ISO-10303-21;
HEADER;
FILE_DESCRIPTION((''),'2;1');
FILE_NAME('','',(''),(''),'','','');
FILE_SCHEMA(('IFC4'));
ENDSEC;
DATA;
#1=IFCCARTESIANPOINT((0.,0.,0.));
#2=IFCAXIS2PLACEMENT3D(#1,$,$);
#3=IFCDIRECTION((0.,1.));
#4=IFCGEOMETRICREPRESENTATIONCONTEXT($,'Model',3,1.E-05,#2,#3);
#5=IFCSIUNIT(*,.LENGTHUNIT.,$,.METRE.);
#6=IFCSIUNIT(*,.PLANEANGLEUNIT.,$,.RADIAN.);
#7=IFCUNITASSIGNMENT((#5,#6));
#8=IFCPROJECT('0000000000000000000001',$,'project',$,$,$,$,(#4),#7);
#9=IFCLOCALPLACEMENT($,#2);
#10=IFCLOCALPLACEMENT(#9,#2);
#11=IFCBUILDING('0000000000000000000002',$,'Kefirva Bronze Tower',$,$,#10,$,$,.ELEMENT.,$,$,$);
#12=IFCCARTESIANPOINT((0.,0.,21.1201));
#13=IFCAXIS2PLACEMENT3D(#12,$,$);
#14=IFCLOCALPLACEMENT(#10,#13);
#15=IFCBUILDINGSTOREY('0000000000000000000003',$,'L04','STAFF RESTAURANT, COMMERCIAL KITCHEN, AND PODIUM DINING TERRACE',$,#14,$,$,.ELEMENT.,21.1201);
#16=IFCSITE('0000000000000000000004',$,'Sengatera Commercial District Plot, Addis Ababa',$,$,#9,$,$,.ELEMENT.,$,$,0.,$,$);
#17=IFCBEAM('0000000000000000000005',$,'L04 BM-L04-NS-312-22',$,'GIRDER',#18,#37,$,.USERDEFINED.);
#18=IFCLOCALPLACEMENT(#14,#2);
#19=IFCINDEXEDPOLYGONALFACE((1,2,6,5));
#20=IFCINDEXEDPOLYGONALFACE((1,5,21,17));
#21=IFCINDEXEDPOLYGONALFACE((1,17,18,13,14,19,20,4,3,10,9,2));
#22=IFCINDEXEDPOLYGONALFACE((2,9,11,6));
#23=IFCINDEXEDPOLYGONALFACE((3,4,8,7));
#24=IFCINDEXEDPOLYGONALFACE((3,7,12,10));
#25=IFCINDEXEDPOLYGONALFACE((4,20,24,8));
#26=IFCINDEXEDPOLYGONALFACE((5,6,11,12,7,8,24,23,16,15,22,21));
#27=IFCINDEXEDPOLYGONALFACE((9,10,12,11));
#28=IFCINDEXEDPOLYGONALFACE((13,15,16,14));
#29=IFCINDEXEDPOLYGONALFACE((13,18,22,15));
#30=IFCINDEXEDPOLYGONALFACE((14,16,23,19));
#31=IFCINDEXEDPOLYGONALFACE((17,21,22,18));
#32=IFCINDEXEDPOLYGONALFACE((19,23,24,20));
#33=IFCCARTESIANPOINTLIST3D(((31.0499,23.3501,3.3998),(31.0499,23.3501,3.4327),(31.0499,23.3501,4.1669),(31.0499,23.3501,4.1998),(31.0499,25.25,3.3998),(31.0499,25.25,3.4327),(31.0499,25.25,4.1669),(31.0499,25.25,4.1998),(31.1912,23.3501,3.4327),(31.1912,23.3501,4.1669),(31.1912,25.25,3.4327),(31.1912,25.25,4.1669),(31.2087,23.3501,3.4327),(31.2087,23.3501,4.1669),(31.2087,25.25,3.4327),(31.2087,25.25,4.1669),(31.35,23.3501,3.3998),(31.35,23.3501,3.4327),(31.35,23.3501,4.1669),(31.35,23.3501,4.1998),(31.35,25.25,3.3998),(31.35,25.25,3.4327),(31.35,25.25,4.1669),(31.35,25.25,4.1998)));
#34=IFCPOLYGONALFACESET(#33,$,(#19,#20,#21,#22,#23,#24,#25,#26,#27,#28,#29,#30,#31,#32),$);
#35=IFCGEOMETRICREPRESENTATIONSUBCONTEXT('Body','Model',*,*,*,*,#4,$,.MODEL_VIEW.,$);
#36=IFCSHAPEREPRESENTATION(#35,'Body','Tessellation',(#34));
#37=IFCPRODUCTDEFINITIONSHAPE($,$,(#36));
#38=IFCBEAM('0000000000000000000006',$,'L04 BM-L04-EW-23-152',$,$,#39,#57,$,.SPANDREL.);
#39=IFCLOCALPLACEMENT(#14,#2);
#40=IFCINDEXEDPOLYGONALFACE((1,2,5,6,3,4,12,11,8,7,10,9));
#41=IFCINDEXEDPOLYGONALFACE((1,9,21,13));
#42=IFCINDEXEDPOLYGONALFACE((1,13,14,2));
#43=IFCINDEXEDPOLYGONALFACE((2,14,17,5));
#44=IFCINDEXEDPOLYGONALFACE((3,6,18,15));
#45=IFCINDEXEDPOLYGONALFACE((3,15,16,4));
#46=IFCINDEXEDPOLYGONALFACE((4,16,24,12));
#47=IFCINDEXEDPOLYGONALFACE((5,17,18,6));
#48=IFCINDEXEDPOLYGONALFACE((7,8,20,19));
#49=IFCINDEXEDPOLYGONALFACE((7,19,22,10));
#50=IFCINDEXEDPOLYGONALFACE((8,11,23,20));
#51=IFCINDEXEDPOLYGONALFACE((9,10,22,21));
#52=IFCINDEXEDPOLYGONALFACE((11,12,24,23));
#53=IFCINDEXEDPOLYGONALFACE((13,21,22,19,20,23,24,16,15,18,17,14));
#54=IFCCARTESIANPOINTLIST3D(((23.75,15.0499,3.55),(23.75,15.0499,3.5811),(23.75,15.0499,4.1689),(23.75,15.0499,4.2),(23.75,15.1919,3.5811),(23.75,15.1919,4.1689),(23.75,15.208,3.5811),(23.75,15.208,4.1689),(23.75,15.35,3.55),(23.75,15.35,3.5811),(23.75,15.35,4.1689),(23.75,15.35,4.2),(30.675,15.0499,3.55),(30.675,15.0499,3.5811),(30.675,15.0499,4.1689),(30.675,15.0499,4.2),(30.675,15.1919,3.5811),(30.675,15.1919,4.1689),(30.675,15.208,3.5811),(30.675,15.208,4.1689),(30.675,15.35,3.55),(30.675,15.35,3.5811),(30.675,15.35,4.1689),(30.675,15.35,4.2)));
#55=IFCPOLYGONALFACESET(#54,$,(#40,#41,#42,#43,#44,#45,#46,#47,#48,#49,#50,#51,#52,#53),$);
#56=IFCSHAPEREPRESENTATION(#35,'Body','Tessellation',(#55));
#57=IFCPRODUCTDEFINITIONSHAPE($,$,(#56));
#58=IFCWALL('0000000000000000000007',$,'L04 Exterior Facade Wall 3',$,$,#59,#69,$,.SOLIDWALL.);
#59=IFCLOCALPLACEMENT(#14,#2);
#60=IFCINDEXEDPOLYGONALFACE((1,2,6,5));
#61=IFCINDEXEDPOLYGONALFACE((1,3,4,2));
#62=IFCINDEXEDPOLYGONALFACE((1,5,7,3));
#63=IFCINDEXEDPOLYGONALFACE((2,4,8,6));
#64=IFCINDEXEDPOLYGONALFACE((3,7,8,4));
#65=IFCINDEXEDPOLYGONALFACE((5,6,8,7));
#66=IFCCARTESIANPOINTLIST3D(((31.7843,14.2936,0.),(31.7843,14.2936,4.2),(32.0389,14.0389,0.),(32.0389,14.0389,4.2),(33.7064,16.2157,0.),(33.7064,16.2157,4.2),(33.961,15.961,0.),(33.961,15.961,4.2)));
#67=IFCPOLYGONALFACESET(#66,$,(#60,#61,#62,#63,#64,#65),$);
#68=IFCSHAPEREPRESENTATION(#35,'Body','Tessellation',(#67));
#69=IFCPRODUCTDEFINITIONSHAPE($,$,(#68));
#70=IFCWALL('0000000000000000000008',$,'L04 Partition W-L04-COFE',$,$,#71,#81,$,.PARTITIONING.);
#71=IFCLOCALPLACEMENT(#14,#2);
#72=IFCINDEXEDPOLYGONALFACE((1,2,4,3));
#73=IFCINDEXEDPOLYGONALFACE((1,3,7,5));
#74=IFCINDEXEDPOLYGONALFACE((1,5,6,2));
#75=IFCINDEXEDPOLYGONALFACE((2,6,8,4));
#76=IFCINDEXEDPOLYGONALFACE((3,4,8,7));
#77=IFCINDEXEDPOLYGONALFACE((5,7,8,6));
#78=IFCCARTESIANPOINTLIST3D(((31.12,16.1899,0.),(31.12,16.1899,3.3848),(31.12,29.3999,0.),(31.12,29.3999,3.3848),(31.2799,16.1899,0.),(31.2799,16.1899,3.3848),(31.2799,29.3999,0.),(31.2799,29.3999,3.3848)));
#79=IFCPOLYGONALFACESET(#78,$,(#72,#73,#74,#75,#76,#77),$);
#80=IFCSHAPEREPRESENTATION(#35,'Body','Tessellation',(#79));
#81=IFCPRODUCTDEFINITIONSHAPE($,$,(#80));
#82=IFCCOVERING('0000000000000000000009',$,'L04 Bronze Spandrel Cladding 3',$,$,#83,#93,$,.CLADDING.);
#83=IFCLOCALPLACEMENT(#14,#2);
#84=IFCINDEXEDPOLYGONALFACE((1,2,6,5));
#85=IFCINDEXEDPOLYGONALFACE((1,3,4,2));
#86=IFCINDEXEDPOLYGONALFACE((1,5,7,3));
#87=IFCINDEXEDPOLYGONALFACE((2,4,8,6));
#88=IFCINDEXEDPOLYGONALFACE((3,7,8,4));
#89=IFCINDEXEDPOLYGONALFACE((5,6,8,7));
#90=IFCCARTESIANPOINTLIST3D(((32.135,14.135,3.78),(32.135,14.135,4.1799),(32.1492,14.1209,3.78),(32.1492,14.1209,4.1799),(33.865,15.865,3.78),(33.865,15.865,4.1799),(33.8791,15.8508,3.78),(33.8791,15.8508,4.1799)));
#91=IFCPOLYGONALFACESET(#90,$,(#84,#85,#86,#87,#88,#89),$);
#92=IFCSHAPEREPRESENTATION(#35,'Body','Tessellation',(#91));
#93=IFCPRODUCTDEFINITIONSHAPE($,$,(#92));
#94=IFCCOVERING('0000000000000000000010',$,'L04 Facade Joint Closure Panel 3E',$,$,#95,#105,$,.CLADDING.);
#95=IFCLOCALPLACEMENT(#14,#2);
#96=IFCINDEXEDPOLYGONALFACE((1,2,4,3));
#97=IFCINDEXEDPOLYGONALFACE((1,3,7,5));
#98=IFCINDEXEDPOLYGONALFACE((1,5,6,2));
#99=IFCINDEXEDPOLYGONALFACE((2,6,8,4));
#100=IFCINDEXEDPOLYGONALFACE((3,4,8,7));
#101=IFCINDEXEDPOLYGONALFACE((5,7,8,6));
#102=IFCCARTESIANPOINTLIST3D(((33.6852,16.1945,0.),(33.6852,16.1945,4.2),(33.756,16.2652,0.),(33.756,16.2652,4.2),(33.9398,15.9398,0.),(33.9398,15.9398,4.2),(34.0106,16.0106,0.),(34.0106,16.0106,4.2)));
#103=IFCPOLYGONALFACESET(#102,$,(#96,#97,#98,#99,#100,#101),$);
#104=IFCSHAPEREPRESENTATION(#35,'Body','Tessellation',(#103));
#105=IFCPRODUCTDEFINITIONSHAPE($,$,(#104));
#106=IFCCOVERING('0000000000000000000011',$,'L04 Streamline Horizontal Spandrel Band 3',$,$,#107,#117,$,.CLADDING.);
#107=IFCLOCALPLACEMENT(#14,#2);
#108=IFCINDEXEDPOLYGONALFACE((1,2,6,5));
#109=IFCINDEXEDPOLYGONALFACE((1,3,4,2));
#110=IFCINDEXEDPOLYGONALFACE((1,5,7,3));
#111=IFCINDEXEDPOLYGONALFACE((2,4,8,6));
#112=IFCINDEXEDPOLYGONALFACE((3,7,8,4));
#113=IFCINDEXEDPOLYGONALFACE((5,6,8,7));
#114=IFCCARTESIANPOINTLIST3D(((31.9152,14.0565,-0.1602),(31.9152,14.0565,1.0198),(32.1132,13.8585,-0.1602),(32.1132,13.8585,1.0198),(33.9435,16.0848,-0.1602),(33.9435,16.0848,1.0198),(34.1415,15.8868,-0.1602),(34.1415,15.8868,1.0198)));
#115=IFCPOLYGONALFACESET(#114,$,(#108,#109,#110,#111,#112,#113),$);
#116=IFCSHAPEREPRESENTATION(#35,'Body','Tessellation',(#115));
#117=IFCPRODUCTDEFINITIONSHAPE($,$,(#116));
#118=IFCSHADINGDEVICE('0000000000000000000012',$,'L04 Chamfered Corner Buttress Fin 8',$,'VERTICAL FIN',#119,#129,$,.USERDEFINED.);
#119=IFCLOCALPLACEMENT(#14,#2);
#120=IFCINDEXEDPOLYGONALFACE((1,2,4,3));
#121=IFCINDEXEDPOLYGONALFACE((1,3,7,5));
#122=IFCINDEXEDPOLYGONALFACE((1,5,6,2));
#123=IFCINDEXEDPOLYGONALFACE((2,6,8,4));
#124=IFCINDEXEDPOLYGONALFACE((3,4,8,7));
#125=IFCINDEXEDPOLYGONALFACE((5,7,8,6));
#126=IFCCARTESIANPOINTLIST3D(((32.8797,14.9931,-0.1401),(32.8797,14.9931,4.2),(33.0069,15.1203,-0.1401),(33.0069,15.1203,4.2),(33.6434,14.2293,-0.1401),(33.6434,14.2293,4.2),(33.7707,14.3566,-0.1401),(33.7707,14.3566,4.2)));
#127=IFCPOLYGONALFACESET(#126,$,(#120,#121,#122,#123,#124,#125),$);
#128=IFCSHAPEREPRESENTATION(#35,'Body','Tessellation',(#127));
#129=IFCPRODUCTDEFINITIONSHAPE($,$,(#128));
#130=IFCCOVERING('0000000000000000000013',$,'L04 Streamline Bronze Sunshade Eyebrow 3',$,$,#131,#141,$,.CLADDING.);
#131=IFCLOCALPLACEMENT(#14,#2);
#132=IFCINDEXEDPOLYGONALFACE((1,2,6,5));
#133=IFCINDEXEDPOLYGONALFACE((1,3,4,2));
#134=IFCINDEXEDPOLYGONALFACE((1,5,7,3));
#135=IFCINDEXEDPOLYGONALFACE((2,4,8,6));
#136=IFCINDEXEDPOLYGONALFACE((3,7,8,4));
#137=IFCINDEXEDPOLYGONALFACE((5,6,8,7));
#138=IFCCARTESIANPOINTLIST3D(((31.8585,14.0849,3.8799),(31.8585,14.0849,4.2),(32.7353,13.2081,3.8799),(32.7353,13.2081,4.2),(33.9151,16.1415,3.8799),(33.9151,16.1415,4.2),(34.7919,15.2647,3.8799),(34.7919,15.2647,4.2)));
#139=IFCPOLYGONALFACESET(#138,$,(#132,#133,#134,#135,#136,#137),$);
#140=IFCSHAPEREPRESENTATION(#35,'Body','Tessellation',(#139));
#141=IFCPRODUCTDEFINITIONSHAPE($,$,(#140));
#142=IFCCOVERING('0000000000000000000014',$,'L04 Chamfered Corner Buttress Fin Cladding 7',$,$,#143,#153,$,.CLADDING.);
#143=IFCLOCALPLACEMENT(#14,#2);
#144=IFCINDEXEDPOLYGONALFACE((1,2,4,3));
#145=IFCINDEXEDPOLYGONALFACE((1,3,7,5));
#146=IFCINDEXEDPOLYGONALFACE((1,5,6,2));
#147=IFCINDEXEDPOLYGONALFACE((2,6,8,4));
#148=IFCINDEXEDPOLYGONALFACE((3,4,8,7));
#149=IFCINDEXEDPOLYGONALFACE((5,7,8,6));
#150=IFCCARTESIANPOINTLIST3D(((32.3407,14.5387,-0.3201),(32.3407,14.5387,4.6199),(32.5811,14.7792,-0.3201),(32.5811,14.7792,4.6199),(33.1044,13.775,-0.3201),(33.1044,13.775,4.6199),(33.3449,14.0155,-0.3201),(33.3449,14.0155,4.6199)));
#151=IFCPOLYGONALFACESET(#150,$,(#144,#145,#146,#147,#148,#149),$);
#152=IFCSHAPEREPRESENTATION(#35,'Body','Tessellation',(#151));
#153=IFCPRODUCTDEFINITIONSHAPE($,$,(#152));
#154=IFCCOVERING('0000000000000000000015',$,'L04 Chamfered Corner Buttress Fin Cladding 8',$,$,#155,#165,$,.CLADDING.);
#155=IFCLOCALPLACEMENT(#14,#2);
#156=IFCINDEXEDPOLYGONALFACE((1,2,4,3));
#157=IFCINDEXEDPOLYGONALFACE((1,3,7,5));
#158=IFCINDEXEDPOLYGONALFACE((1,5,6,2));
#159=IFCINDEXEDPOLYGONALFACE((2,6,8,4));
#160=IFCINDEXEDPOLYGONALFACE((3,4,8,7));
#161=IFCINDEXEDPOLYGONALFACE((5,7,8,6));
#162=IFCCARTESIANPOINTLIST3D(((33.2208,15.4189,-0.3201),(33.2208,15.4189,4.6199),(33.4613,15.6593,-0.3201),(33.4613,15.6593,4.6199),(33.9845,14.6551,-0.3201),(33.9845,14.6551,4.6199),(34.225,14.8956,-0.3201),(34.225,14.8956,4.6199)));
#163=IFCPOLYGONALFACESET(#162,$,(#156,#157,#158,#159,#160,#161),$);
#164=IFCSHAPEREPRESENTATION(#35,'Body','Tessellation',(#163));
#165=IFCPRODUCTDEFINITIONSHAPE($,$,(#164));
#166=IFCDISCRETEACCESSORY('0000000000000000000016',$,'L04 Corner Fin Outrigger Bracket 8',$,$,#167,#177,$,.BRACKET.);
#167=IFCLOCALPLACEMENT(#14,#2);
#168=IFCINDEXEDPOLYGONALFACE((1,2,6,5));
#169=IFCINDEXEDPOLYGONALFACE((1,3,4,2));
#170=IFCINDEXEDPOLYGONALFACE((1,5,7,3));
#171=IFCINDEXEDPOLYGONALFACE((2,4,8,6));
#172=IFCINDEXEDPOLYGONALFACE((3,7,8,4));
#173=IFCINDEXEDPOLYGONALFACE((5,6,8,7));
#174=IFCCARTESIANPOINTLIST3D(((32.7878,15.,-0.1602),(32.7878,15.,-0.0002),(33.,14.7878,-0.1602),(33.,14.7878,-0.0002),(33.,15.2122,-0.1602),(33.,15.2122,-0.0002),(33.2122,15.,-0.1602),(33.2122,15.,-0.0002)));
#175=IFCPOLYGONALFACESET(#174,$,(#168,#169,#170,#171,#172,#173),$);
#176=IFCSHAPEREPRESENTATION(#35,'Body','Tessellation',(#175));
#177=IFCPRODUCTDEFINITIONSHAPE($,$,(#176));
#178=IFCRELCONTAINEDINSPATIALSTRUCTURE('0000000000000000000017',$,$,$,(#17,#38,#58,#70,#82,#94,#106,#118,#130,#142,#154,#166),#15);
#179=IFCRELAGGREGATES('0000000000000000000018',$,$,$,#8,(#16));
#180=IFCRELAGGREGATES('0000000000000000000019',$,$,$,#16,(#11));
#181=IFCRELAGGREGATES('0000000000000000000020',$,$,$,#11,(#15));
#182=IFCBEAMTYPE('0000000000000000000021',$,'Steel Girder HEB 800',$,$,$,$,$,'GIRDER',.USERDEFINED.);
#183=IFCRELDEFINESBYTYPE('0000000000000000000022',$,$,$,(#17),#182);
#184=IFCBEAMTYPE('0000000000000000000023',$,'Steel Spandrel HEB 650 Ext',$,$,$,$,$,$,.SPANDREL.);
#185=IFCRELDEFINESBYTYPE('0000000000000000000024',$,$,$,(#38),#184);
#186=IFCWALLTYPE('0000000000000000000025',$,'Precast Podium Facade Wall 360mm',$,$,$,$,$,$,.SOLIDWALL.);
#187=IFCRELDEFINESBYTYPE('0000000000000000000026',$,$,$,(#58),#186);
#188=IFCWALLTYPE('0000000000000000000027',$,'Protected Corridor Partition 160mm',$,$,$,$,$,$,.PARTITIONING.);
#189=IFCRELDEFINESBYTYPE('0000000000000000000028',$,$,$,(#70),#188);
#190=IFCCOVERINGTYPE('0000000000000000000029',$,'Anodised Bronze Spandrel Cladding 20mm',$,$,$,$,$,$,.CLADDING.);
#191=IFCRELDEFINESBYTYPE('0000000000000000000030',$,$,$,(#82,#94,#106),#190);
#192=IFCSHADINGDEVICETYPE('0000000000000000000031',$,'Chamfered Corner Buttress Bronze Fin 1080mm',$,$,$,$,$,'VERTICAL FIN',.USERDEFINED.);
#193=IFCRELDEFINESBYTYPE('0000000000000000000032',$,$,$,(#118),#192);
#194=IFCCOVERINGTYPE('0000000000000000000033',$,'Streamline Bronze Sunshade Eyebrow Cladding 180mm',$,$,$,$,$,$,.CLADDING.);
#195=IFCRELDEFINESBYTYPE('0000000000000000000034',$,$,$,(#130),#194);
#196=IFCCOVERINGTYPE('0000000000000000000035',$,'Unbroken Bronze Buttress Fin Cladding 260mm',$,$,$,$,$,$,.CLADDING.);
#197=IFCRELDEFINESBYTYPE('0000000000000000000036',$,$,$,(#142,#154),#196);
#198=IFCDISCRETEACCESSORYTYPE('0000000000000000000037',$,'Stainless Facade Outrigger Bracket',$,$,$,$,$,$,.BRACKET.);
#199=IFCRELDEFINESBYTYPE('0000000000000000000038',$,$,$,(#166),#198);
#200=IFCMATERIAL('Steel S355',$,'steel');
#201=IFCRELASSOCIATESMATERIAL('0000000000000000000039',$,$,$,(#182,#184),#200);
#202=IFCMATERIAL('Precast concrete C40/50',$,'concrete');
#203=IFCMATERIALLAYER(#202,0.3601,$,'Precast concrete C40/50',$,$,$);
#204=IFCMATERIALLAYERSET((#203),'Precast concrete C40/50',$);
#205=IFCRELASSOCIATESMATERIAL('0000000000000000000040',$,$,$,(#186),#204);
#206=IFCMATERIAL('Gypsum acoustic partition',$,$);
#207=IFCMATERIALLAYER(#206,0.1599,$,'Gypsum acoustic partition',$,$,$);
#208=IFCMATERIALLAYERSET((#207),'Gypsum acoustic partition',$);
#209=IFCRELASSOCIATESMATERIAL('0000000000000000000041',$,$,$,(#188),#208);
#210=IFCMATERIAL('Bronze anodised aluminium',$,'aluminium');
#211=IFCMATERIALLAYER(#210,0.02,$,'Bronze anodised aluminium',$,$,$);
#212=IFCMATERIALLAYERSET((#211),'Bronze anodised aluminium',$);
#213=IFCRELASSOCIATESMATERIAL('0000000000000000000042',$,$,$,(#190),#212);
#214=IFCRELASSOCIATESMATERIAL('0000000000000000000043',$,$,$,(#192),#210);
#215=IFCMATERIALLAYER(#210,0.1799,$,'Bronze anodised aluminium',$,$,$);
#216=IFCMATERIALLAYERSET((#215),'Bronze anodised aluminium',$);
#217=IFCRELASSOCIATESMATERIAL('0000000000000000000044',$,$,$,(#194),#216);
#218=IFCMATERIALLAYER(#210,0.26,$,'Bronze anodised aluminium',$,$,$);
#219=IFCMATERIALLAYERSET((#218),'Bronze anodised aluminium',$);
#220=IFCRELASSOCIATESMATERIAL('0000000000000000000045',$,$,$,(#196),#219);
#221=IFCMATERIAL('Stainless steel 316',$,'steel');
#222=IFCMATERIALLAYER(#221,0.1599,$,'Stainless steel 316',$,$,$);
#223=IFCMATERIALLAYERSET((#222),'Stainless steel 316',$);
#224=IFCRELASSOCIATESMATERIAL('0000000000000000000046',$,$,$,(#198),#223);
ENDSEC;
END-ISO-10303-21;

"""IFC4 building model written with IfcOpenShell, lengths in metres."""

from ifc_helpers import new_model, si_unit, direction, frame, frame_2d, origin, origin_2d, place, context, subcontext, project, spatial, rectangle, i_section, extrude, material, layer, layer_set, material_profile, profile_set, type_object, element, save


model = new_model("IFC4")

# Units and contexts
model_context = context("Model", 3, precision=1e-05, world=origin(), true_north=direction((0.0, 1.0)))
body_context = subcontext(model_context, "Body", "Model", "MODEL_VIEW")
ifc_project = project(units=[si_unit("LENGTHUNIT", "METRE"), si_unit("PLANEANGLEUNIT", "RADIAN")], contexts=[model_context])

# Site, building, storey
site_placement = place(None, origin())
site = spatial("IfcSite", under=ifc_project, at=site_placement, Name="Sengatera Commercial District Plot, Addis Ababa", CompositionType="ELEMENT", RefElevation=0.0)
building_placement = place(site_placement, origin())
building = spatial("IfcBuilding", under=site, at=building_placement, Name="Kefirva Bronze Tower", CompositionType="ELEMENT")
storey_placement = place(building_placement, frame((0.0, 0.0, 21.1201)))
storey = spatial("IfcBuildingStorey", under=building, at=storey_placement, Name="L04", Description="STAFF RESTAURANT, COMMERCIAL KITCHEN, AND PODIUM DINING TERRACE", CompositionType="ELEMENT", Elevation=21.1201)

# Shared definitions
ifc_material_1 = material(Name="Bronze anodised aluminium", Category="aluminium")

# Beams
ifc_material_2 = material(Name="Steel S355", Category="steel")
ifc_material_profile_1 = material_profile(ifc_material_2, i_section(OverallWidth=0.3, OverallDepth=0.8, WebThickness=0.0176, FlangeThickness=0.033, at=origin_2d()), Name="HEB 800")
ifc_profile_set_1 = profile_set([ifc_material_profile_1], Name="Steel S355")
beam_type_1 = type_object("IfcBeamType", Name="Steel Girder HEB 800", ElementType="GIRDER", PredefinedType="USERDEFINED", material=ifc_profile_set_1)
beam_1_placement = place(storey_placement, frame((31.2, 23.3501, 3.7998), z_axis=(0.0, 1.0, 0.0), x_axis=(-1.0, 0.0, 0.0)))
element("IfcBeam", 1, at=beam_1_placement, inside=storey, type_object=beam_type_1, Name="L04 BM-L04-NS-312-22", ObjectType="GIRDER", PredefinedType="USERDEFINED", context=body_context, shape_type="SweptSolid", body=[
    extrude(i_section(OverallWidth=0.3, OverallDepth=0.8, WebThickness=0.0176, FlangeThickness=0.033, at=origin_2d()), origin(), (0.0, 0.0, 1.0), 1.8999),
])
ifc_material_profile_2 = material_profile(ifc_material_2, i_section(OverallWidth=0.3, OverallDepth=0.6499, WebThickness=0.0161, FlangeThickness=0.031, at=origin_2d()), Name="HEB 650")
ifc_profile_set_2 = profile_set([ifc_material_profile_2], Name="Steel S355")
beam_type_2 = type_object("IfcBeamType", Name="Steel Spandrel HEB 650 Ext", PredefinedType="SPANDREL", material=ifc_profile_set_2)
beam_2_placement = place(storey_placement, frame((23.75, 15.2, 3.875), z_axis=(1.0, 0.0, 0.0), x_axis=(0.0, 1.0, 0.0)))
element("IfcBeam", 2, at=beam_2_placement, inside=storey, type_object=beam_type_2, Name="L04 BM-L04-EW-23-152", PredefinedType="SPANDREL", context=body_context, shape_type="SweptSolid", body=[
    extrude(i_section(OverallWidth=0.3, OverallDepth=0.6499, WebThickness=0.0161, FlangeThickness=0.031, at=origin_2d()), origin(), (0.0, 0.0, 1.0), 6.925),
])

# Walls
ifc_material_3 = material(Name="Precast concrete C40/50", Category="concrete")
ifc_layer_1 = layer(ifc_material_3, 0.3601, Name="Precast concrete C40/50")
ifc_layer_set_1 = layer_set([ifc_layer_1], Name="Precast concrete C40/50")
wall_type_1 = type_object("IfcWallType", Name="Precast Podium Facade Wall 360mm", PredefinedType="SOLIDWALL", material=ifc_layer_set_1)
wall_1_placement = place(storey_placement, frame((31.9116, 14.1663, 0.0), z_axis=(0.0, 0.0, 1.0), x_axis=(0.707107, 0.707107, 0.0)))
element("IfcWall", 3, at=wall_1_placement, inside=storey, type_object=wall_type_1, Name="L04 Exterior Facade Wall 3", PredefinedType="SOLIDWALL", context=body_context, shape_type="SweptSolid", body=[
    extrude(rectangle(XDim=2.7183, YDim=0.3601, at=frame_2d((1.3591, 0.0))), origin(), (0.0, 0.0, 1.0), 4.2),
])
ifc_material_4 = material(Name="Gypsum acoustic partition")
ifc_layer_2 = layer(ifc_material_4, 0.1599, Name="Gypsum acoustic partition")
ifc_layer_set_2 = layer_set([ifc_layer_2], Name="Gypsum acoustic partition")
wall_type_2 = type_object("IfcWallType", Name="Protected Corridor Partition 160mm", PredefinedType="PARTITIONING", material=ifc_layer_set_2)
wall_2_placement = place(storey_placement, frame((31.2, 16.1899, 0.0), z_axis=(0.0, 0.0, 1.0), x_axis=(0.0, 1.0, 0.0)))
element("IfcWall", 4, at=wall_2_placement, inside=storey, type_object=wall_type_2, Name="L04 Partition W-L04-COFE", PredefinedType="PARTITIONING", context=body_context, shape_type="SweptSolid", body=[
    extrude(rectangle(XDim=13.21, YDim=0.1599, at=frame_2d((6.605, 0.0))), origin(), (0.0, 0.0, 1.0), 3.3848),
])

# Coverings
ifc_layer_3 = layer(ifc_material_1, 0.02, Name="Bronze anodised aluminium")
ifc_layer_set_3 = layer_set([ifc_layer_3], Name="Bronze anodised aluminium")
covering_type_1 = type_object("IfcCoveringType", Name="Anodised Bronze Spandrel Cladding 20mm", PredefinedType="CLADDING", material=ifc_layer_set_3)
covering_1_placement = place(storey_placement, frame((33.0071, 14.9929, 3.78), z_axis=(0.0, 0.0, 1.0), x_axis=(0.707107, 0.707107, 0.0)))
element("IfcCovering", 5, at=covering_1_placement, inside=storey, type_object=covering_type_1, Name="L04 Bronze Spandrel Cladding 3", PredefinedType="CLADDING", context=body_context, shape_type="SweptSolid", body=[
    extrude(rectangle(XDim=2.4465, YDim=0.02, at=origin_2d()), origin(), (0.0, 0.0, 1.0), 0.3999),
])
covering_2_placement = place(storey_placement, frame((33.8479, 16.1025, 0.0), z_axis=(0.0, 0.0, 1.0), x_axis=(0.707107, 0.707107, 0.0)))
element("IfcCovering", 6, at=covering_2_placement, inside=storey, type_object=covering_type_1, Name="L04 Facade Joint Closure Panel 3E", PredefinedType="CLADDING", context=body_context, shape_type="SweptSolid", body=[
    extrude(rectangle(XDim=0.1001, YDim=0.3601, at=origin_2d()), origin(), (0.0, 0.0, 1.0), 4.2),
])
covering_3_placement = place(storey_placement, frame((33.0283, 14.9717, -0.1602), z_axis=(0.0, 0.0, 1.0), x_axis=(0.707107, 0.707107, 0.0)))
element("IfcCovering", 7, at=covering_3_placement, inside=storey, type_object=covering_type_1, Name="L04 Streamline Horizontal Spandrel Band 3", PredefinedType="CLADDING", context=body_context, shape_type="SweptSolid", body=[
    extrude(rectangle(XDim=2.8684, YDim=0.28, at=origin_2d()), origin(), (0.0, 0.0, 1.0), 1.1799),
])

# Shading device
ifc_material_profile_3 = material_profile(ifc_material_1, rectangle(XDim=0.1799, YDim=1.0801, at=origin_2d()), Name="BRONZE BUTTRESS FIN 180x1080")
ifc_profile_set_3 = profile_set([ifc_material_profile_3], Name="Bronze anodised aluminium")
shading_device_type = type_object("IfcShadingDeviceType", Name="Chamfered Corner Buttress Bronze Fin 1080mm", ElementType="VERTICAL FIN", PredefinedType="USERDEFINED", material=ifc_profile_set_3)
shading_device_placement = place(storey_placement, frame((33.3252, 14.6748, -0.1401), z_axis=(0.0, 0.0, 1.0), x_axis=(0.707107, 0.707107, 0.0)))
element("IfcShadingDevice", 8, at=shading_device_placement, inside=storey, type_object=shading_device_type, Name="L04 Chamfered Corner Buttress Fin 8", ObjectType="VERTICAL FIN", PredefinedType="USERDEFINED", context=body_context, shape_type="SweptSolid", body=[
    extrude(rectangle(XDim=0.1799, YDim=1.0801, at=origin_2d()), origin(), (0.0, 0.0, 1.0), 4.3401),
])

# Coverings
ifc_layer_4 = layer(ifc_material_1, 0.1799, Name="Bronze anodised aluminium")
ifc_layer_set_4 = layer_set([ifc_layer_4], Name="Bronze anodised aluminium")
covering_type_2 = type_object("IfcCoveringType", Name="Streamline Bronze Sunshade Eyebrow Cladding 180mm", PredefinedType="CLADDING", material=ifc_layer_set_4)
covering_4_placement = place(storey_placement, frame((33.3252, 14.6748, 3.8799), z_axis=(0.0, 0.0, 1.0), x_axis=(0.707107, 0.707107, 0.0)))
element("IfcCovering", 9, at=covering_4_placement, inside=storey, type_object=covering_type_2, Name="L04 Streamline Bronze Sunshade Eyebrow 3", PredefinedType="CLADDING", context=body_context, shape_type="SweptSolid", body=[
    extrude(rectangle(XDim=2.9084, YDim=1.24, at=origin_2d()), origin(), (0.0, 0.0, 1.0), 0.3201),
])
ifc_layer_5 = layer(ifc_material_1, 0.26, Name="Bronze anodised aluminium")
ifc_layer_set_5 = layer_set([ifc_layer_5], Name="Bronze anodised aluminium")
covering_type_3 = type_object("IfcCoveringType", Name="Unbroken Bronze Buttress Fin Cladding 260mm", PredefinedType="CLADDING", material=ifc_layer_set_5)
for number, where, z_axis, x_axis, name in (
    (10, (32.8428, 14.2771, -0.3201), (0.0, 0.0, 1.0), (0.707107, 0.707107, 0.0), "L04 Chamfered Corner Buttress Fin Cladding 7"),
    (11, (33.7229, 15.1572, -0.3201), (0.0, 0.0, 1.0), (0.707107, 0.707107, 0.0), "L04 Chamfered Corner Buttress Fin Cladding 8"),
):
    element("IfcCovering", number, at=place(storey_placement, frame(where, z_axis=z_axis, x_axis=x_axis)), inside=storey, type_object=covering_type_3, Name=name, PredefinedType="CLADDING", context=body_context, shape_type="SweptSolid", body=[
        extrude(rectangle(XDim=0.3401, YDim=1.0801, at=origin_2d()), origin(), (0.0, 0.0, 1.0), 4.9399),
    ])

# Discrete accessory
ifc_material_5 = material(Name="Stainless steel 316", Category="steel")
ifc_layer_6 = layer(ifc_material_5, 0.1599, Name="Stainless steel 316")
ifc_layer_set_6 = layer_set([ifc_layer_6], Name="Stainless steel 316")
discrete_accessory_type = type_object("IfcDiscreteAccessoryType", Name="Stainless Facade Outrigger Bracket", PredefinedType="BRACKET", material=ifc_layer_set_6)
discrete_accessory_placement = place(storey_placement, frame((33.0, 15.0, -0.1602), z_axis=(0.0, 0.0, 1.0), x_axis=(0.707107, 0.707107, 0.0)))
element("IfcDiscreteAccessory", 12, at=discrete_accessory_placement, inside=storey, type_object=discrete_accessory_type, Name="L04 Corner Fin Outrigger Bracket 8", PredefinedType="BRACKET", context=body_context, shape_type="SweptSolid", body=[
    extrude(rectangle(XDim=0.3, YDim=0.3, at=origin_2d()), origin(), (0.0, 0.0, 1.0), 0.1599),
])

save(model, "model.ifc")
